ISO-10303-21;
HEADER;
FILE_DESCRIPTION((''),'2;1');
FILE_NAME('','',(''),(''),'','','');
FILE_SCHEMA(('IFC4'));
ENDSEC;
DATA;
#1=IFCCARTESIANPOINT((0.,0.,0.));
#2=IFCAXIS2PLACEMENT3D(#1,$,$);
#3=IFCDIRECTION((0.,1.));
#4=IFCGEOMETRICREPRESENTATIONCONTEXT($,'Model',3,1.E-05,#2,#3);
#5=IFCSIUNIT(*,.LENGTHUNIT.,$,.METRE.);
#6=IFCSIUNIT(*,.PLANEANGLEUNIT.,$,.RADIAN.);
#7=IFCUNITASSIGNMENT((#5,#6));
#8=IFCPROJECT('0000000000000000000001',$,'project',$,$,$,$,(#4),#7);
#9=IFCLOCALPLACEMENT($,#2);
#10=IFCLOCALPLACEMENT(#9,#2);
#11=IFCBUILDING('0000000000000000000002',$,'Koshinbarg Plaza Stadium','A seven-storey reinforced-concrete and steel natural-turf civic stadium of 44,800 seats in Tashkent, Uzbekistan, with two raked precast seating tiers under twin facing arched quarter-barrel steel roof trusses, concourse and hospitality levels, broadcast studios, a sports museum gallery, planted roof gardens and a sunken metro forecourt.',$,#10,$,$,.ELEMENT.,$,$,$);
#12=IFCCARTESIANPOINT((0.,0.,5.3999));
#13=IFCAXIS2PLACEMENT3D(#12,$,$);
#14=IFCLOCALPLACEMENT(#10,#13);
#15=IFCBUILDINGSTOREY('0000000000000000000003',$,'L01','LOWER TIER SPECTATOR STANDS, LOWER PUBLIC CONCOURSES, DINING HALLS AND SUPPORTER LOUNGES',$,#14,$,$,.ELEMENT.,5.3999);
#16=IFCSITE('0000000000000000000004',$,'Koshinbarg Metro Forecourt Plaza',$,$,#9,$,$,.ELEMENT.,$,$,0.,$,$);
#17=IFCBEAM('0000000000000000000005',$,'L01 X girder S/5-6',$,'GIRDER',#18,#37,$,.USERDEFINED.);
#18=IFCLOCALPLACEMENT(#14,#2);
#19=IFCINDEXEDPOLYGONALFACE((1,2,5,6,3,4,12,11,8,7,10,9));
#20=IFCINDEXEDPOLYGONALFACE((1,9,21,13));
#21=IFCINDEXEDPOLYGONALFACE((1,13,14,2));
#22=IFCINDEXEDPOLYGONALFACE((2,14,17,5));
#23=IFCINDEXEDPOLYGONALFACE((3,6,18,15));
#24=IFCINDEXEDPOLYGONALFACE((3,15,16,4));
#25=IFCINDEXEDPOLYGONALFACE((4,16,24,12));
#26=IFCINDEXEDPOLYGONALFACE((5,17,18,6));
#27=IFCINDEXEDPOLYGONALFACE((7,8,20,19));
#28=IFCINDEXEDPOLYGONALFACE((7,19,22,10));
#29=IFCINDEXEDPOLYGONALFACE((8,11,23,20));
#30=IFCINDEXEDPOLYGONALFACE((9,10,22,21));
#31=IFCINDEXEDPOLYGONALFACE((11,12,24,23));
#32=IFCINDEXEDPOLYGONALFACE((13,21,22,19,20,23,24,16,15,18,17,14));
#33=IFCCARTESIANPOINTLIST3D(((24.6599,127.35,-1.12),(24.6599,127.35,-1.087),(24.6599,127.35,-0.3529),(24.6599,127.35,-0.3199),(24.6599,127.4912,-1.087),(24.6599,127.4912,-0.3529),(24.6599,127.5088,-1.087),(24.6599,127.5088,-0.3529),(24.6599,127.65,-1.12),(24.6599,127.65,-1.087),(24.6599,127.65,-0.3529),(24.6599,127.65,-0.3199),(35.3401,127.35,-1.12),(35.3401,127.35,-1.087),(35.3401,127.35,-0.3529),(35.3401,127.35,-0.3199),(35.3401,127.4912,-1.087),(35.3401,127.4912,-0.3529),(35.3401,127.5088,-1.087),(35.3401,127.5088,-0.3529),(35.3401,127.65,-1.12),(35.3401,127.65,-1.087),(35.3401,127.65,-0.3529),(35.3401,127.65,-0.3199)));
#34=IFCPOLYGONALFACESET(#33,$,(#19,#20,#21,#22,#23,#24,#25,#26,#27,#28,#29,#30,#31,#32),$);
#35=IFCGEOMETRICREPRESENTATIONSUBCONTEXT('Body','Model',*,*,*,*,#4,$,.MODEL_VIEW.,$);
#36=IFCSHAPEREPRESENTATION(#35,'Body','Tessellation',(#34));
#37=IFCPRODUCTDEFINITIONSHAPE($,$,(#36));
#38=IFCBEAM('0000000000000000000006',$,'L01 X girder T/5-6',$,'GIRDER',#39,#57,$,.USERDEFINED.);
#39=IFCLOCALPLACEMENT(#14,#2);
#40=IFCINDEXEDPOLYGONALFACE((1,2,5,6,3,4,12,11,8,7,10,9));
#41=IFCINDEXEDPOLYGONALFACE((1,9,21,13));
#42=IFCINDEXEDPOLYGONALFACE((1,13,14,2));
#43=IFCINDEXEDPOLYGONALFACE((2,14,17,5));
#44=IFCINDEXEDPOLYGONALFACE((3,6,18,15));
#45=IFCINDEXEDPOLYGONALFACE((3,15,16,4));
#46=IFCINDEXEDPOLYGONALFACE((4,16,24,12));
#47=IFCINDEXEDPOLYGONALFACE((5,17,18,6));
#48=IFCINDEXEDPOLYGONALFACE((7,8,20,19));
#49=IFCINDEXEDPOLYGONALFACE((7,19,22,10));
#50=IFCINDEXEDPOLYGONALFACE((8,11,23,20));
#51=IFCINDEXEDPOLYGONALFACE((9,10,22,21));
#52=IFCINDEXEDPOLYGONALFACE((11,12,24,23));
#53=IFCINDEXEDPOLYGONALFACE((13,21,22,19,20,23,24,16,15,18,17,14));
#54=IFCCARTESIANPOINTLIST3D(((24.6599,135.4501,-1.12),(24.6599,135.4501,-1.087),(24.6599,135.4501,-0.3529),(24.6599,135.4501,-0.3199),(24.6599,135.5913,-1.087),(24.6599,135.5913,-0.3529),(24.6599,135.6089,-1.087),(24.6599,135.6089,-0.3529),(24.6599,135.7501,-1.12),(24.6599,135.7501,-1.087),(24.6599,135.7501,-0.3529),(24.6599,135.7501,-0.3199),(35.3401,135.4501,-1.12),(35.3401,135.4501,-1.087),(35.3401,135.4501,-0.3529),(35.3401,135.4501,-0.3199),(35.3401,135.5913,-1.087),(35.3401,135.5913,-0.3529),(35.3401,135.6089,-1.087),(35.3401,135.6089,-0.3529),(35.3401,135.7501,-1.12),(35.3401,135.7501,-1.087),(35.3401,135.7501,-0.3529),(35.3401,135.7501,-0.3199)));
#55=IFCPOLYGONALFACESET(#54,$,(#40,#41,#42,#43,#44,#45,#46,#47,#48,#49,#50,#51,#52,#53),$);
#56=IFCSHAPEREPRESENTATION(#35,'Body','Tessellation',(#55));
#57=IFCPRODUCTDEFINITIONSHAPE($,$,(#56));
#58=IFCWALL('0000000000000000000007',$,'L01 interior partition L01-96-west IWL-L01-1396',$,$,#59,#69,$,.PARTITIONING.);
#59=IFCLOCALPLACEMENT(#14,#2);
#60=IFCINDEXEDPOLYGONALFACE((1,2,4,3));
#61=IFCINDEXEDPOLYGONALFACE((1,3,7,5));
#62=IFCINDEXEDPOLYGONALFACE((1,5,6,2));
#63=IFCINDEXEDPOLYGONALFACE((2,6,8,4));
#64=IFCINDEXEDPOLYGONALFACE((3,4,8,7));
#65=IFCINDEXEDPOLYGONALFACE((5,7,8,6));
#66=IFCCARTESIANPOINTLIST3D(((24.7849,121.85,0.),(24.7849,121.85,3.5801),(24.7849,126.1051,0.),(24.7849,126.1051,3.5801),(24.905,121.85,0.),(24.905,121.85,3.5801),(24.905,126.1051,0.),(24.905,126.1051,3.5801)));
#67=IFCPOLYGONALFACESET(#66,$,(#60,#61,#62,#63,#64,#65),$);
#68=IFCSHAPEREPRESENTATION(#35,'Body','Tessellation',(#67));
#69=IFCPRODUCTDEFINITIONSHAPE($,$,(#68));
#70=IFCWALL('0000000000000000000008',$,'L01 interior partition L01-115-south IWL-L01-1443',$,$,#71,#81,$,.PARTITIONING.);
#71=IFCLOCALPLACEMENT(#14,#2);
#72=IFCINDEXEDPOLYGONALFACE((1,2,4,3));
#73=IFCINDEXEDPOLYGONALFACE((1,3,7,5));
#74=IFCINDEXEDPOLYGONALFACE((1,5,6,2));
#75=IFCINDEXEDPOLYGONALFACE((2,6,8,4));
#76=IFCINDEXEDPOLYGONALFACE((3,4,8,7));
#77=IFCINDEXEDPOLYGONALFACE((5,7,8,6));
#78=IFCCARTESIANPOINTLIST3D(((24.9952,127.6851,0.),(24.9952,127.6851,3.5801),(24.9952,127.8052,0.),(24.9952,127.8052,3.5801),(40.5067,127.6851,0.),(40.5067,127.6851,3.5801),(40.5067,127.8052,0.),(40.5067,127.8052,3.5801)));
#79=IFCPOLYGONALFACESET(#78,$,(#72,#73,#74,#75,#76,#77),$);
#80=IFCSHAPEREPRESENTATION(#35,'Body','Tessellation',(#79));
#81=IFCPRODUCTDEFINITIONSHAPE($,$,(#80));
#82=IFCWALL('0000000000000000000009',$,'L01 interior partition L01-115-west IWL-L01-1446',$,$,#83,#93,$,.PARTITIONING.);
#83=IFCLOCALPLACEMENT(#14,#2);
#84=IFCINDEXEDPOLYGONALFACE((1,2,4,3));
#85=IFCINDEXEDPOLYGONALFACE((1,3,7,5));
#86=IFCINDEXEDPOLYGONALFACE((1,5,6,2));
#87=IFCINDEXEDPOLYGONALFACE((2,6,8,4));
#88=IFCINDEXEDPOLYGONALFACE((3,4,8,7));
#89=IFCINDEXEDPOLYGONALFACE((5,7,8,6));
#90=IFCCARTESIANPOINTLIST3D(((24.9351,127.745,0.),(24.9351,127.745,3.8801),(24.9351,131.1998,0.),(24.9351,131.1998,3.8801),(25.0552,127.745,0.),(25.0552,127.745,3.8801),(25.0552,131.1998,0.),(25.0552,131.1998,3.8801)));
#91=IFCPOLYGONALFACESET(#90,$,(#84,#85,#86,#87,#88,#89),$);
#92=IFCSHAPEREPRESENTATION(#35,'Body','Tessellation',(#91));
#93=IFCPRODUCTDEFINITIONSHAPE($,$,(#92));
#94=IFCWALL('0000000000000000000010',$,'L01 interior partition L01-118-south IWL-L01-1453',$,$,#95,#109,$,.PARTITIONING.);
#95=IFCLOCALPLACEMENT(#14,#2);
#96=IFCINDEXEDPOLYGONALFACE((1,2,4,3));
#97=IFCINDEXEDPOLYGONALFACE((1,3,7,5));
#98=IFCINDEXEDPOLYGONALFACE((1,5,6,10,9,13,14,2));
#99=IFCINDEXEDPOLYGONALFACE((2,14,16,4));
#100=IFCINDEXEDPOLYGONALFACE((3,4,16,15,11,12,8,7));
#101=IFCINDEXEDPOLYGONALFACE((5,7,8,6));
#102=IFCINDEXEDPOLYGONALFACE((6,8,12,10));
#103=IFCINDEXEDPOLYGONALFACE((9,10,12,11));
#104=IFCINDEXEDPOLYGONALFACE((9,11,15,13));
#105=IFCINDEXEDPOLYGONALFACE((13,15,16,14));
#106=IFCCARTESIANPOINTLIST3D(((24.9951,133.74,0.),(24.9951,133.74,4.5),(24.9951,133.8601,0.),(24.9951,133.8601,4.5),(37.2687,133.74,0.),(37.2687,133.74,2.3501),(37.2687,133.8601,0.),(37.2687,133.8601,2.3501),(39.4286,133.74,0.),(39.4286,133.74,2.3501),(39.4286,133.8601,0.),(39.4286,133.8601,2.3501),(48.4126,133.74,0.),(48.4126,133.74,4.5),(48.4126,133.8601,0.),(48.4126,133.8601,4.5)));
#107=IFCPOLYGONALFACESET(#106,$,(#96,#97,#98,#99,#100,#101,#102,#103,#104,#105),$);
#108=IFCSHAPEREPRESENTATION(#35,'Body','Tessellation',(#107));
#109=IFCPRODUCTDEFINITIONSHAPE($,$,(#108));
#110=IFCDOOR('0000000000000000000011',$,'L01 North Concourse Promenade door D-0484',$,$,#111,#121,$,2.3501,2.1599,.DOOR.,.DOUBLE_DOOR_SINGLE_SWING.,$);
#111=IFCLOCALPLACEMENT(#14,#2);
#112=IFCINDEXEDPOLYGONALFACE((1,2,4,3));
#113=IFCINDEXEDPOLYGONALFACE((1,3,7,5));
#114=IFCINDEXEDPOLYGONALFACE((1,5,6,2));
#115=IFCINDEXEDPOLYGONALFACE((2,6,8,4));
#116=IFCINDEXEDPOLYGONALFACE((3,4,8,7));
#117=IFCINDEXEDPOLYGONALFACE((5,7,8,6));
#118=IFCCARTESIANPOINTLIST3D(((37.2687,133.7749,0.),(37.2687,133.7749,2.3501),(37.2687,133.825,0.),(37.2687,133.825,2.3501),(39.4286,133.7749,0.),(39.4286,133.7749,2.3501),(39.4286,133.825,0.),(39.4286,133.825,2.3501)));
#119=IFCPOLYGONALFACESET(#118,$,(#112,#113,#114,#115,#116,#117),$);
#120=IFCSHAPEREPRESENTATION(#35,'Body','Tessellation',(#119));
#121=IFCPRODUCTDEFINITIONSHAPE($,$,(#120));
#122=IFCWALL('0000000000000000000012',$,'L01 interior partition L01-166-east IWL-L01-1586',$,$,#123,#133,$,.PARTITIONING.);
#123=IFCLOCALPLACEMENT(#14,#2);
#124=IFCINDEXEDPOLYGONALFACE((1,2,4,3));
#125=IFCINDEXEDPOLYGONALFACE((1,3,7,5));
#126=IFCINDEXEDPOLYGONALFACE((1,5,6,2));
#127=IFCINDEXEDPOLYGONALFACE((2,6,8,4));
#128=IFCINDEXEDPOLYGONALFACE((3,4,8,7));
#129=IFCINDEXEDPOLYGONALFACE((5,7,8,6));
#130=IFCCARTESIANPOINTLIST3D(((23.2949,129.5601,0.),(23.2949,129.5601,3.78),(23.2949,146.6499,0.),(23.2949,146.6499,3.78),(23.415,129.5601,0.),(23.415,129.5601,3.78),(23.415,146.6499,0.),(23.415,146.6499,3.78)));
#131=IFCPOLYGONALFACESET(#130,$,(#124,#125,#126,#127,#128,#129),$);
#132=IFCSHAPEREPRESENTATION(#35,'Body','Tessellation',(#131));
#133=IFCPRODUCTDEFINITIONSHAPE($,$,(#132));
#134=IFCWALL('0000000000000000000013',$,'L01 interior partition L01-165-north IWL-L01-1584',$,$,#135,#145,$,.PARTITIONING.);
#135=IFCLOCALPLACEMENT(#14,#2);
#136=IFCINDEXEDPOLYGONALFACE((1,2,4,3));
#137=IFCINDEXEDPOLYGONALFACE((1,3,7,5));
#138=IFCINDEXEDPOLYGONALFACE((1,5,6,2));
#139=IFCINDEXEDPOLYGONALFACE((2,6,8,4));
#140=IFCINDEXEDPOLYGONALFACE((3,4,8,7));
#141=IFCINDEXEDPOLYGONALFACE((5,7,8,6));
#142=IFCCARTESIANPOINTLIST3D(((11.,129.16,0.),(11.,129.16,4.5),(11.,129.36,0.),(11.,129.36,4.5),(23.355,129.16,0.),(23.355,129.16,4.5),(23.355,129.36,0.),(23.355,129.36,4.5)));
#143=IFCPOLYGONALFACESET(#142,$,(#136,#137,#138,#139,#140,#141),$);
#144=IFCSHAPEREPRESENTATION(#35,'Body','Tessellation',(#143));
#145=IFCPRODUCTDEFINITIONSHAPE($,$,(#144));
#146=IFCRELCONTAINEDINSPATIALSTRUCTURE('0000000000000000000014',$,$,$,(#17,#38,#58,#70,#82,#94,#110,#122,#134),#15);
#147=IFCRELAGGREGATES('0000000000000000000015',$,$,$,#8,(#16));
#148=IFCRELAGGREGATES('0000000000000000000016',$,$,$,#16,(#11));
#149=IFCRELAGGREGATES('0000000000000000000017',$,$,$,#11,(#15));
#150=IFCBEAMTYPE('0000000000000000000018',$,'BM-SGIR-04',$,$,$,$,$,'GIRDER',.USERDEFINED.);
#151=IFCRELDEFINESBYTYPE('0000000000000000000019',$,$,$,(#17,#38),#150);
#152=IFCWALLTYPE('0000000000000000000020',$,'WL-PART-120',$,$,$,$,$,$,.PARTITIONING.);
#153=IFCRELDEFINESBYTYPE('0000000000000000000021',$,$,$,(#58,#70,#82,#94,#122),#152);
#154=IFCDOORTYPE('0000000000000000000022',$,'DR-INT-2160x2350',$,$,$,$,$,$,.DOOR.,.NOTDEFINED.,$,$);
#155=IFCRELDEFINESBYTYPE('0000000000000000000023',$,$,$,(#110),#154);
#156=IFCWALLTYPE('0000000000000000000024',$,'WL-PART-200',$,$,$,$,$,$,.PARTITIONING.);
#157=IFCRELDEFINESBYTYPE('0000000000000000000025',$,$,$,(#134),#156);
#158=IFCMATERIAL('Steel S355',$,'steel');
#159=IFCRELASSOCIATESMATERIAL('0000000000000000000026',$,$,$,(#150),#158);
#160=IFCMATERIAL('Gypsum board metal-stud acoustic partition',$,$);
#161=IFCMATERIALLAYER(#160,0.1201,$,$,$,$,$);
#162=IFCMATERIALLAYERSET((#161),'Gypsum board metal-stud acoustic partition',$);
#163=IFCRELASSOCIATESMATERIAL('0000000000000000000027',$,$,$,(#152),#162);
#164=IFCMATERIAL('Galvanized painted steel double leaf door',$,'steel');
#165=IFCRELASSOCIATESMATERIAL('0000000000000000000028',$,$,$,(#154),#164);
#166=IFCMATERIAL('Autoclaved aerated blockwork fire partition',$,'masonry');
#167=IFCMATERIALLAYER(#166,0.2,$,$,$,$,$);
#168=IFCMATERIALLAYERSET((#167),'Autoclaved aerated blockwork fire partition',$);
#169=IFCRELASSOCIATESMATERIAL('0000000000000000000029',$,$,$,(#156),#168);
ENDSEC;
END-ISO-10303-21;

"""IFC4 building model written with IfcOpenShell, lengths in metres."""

from ifc_helpers import new_model, si_unit, direction, frame, frame_2d, origin, origin_2d, place, context, subcontext, project, spatial, rectangle, i_section, extrude, material, layer, layer_set, material_profile, profile_set, type_object, element, fill, save


model = new_model("IFC4")

# Units and contexts
model_context = context("Model", 3, precision=1e-05, world=origin(), true_north=direction((0.0, 1.0)))
body_context = subcontext(model_context, "Body", "Model", "MODEL_VIEW")
ifc_project = project(units=[si_unit("LENGTHUNIT", "METRE"), si_unit("PLANEANGLEUNIT", "RADIAN")], contexts=[model_context])

# Site, building, storey
site_placement = place(None, origin())
site = spatial("IfcSite", under=ifc_project, at=site_placement, Name="Koshinbarg Metro Forecourt Plaza", CompositionType="ELEMENT", RefElevation=0.0)
building_placement = place(site_placement, origin())
building = spatial("IfcBuilding", under=site, at=building_placement, Name="Koshinbarg Plaza Stadium", Description="A seven-storey reinforced-concrete and steel natural-turf civic stadium of 44,800 seats in Tashkent, Uzbekistan, with two raked precast seating tiers under twin facing arched quarter-barrel steel roof trusses, concourse and hospitality levels, broadcast studios, a sports museum gallery, planted roof gardens and a sunken metro forecourt.", CompositionType="ELEMENT")
storey_placement = place(building_placement, frame((0.0, 0.0, 5.3999)))
storey = spatial("IfcBuildingStorey", under=building, at=storey_placement, Name="L01", Description="LOWER TIER SPECTATOR STANDS, LOWER PUBLIC CONCOURSES, DINING HALLS AND SUPPORTER LOUNGES", CompositionType="ELEMENT", Elevation=5.3999)

# Shared definitions
ifc_material_1 = material(Name="Steel S355", Category="steel")

# Beams
ifc_material_profile_1 = material_profile(ifc_material_1, i_section(OverallWidth=0.3, OverallDepth=0.8, WebThickness=0.0176, FlangeThickness=0.033, at=origin_2d()), Name="HEB 800")
ifc_profile_set_1 = profile_set([ifc_material_profile_1], Name="Steel S355")
beam_type_1 = type_object("IfcBeamType", Name="BM-SGIR-04", ElementType="GIRDER", PredefinedType="USERDEFINED", material=ifc_profile_set_1)
for number, where, z_axis, x_axis, name in (
    (1, (24.6599, 127.5, -0.72), (1.0, 0.0, 0.0), (0.0, 1.0, 0.0), "L01 X girder S/5-6"),
    (2, (24.6599, 135.6001, -0.72), (1.0, 0.0, 0.0), (0.0, 1.0, 0.0), "L01 X girder T/5-6"),
):
    element("IfcBeam", number, at=place(storey_placement, frame(where, z_axis=z_axis, x_axis=x_axis)), inside=storey, type_object=beam_type_1, Name=name, ObjectType="GIRDER", PredefinedType="USERDEFINED", context=body_context, shape_type="SweptSolid", body=[
        extrude(i_section(OverallWidth=0.3, OverallDepth=0.8, WebThickness=0.0176, FlangeThickness=0.033, at=origin_2d()), origin(), (0.0, 0.0, 1.0), 10.6802),
    ])

# Walls
ifc_material_2 = material(Name="Gypsum board metal-stud acoustic partition")
ifc_layer_1 = layer(ifc_material_2, 0.1201)
ifc_layer_set_1 = layer_set([ifc_layer_1], Name="Gypsum board metal-stud acoustic partition")
wall_type_1 = type_object("IfcWallType", Name="WL-PART-120", PredefinedType="PARTITIONING", material=ifc_layer_set_1)
wall_1_placement = place(storey_placement, frame((24.845, 126.105, 0.0), z_axis=(0.0, 0.0, 1.0), x_axis=(0.0, -1.0, 0.0)))
element("IfcWall", 3, at=wall_1_placement, inside=storey, type_object=wall_type_1, Name="L01 interior partition L01-96-west IWL-L01-1396", PredefinedType="PARTITIONING", context=body_context, shape_type="SweptSolid", body=[
    extrude(rectangle(XDim=4.2551, YDim=0.1201, at=frame_2d((2.1274, 0.0))), origin(), (0.0, 0.0, 1.0), 3.5801),
])
wall_2_placement = place(storey_placement, frame((24.9951, 127.7451, 0.0), z_axis=(0.0, 0.0, 1.0), x_axis=(1.0, 0.0, 0.0)))
element("IfcWall", 4, at=wall_2_placement, inside=storey, type_object=wall_type_1, Name="L01 interior partition L01-115-south IWL-L01-1443", PredefinedType="PARTITIONING", context=body_context, shape_type="SweptSolid", body=[
    extrude(rectangle(XDim=15.5115, YDim=0.1201, at=frame_2d((7.7559, 0.0))), origin(), (0.0, 0.0, 1.0), 3.5801),
])
wall_3_placement = place(storey_placement, frame((24.9951, 131.2, 0.0), z_axis=(0.0, 0.0, 1.0), x_axis=(0.0, -1.0, 0.0)))
element("IfcWall", 5, at=wall_3_placement, inside=storey, type_object=wall_type_1, Name="L01 interior partition L01-115-west IWL-L01-1446", PredefinedType="PARTITIONING", context=body_context, shape_type="SweptSolid", body=[
    extrude(rectangle(XDim=3.4548, YDim=0.1201, at=frame_2d((1.7275, 0.0))), origin(), (0.0, 0.0, 1.0), 3.8801),
])

# Wall, opening, door
wall_4_placement = place(storey_placement, frame((24.9951, 133.8, 0.0), z_axis=(0.0, 0.0, 1.0), x_axis=(1.0, 0.0, 0.0)))
wall_4 = element("IfcWall", 6, at=wall_4_placement, inside=storey, type_object=wall_type_1, Name="L01 interior partition L01-118-south IWL-L01-1453", PredefinedType="PARTITIONING", context=body_context, shape_type="SweptSolid", body=[
    extrude(rectangle(XDim=23.4175, YDim=0.1201, at=frame_2d((11.7087, 0.0))), origin(), (0.0, 0.0, 1.0), 4.5),
])
opening_placement = place(wall_4_placement, frame((12.2734, 0.0, 0.0)))
opening = element("IfcOpeningElement", 7, at=opening_placement, cuts=wall_4, PredefinedType="OPENING", context=body_context, shape_type="SweptSolid", body=[
    extrude(rectangle(XDim=2.1599, YDim=2.3501, at=frame_2d((1.0801, 1.175))), frame((0.0, 0.0701, 0.0), z_axis=(0.0, -1.0, 0.0), x_axis=(1.0, 0.0, 0.0)), (0.0, 0.0, 1.0), 0.1401),
])
ifc_material_3 = material(Name="Galvanized painted steel double leaf door", Category="steel")
door_type = type_object("IfcDoorType", Name="DR-INT-2160x2350", OperationType="NOTDEFINED", PredefinedType="DOOR", material=ifc_material_3)
door_placement = place(opening_placement, origin())
door = element("IfcDoor", 8, at=door_placement, inside=storey, type_object=door_type, Name="L01 North Concourse Promenade door D-0484", OperationType="DOUBLE_DOOR_SINGLE_SWING", OverallHeight=2.3501, OverallWidth=2.1599, PredefinedType="DOOR", context=body_context, shape_type="SweptSolid", body=[
    extrude(rectangle(XDim=2.1599, YDim=2.3501, at=frame_2d((1.0801, 1.175))), frame((0.0, 0.0249, 0.0), z_axis=(0.0, -1.0, 0.0), x_axis=(1.0, 0.0, 0.0)), (0.0, 0.0, 1.0), 0.05),
])
fill(opening, door)

# Walls
wall_5_placement = place(storey_placement, frame((23.355, 129.5601, 0.0), z_axis=(0.0, 0.0, 1.0), x_axis=(0.0, 1.0, 0.0)))
element("IfcWall", 9, at=wall_5_placement, inside=storey, type_object=wall_type_1, Name="L01 interior partition L01-166-east IWL-L01-1586", PredefinedType="PARTITIONING", context=body_context, shape_type="SweptSolid", body=[
    extrude(rectangle(XDim=17.0898, YDim=0.1201, at=frame_2d((8.5449, 0.0))), origin(), (0.0, 0.0, 1.0), 3.78),
])
ifc_material_4 = material(Name="Autoclaved aerated blockwork fire partition", Category="masonry")
ifc_layer_2 = layer(ifc_material_4, 0.2)
ifc_layer_set_2 = layer_set([ifc_layer_2], Name="Autoclaved aerated blockwork fire partition")
wall_type_2 = type_object("IfcWallType", Name="WL-PART-200", PredefinedType="PARTITIONING", material=ifc_layer_set_2)
wall_6_placement = place(storey_placement, frame((23.355, 129.26, 0.0), z_axis=(0.0, 0.0, 1.0), x_axis=(-1.0, 0.0, 0.0)))
element("IfcWall", 10, at=wall_6_placement, inside=storey, type_object=wall_type_2, Name="L01 interior partition L01-165-north IWL-L01-1584", PredefinedType="PARTITIONING", context=body_context, shape_type="SweptSolid", body=[
    extrude(rectangle(XDim=12.355, YDim=0.2, at=frame_2d((6.1775, 0.0))), origin(), (0.0, 0.0, 1.0), 4.5),
])

save(model, "model.ifc")
